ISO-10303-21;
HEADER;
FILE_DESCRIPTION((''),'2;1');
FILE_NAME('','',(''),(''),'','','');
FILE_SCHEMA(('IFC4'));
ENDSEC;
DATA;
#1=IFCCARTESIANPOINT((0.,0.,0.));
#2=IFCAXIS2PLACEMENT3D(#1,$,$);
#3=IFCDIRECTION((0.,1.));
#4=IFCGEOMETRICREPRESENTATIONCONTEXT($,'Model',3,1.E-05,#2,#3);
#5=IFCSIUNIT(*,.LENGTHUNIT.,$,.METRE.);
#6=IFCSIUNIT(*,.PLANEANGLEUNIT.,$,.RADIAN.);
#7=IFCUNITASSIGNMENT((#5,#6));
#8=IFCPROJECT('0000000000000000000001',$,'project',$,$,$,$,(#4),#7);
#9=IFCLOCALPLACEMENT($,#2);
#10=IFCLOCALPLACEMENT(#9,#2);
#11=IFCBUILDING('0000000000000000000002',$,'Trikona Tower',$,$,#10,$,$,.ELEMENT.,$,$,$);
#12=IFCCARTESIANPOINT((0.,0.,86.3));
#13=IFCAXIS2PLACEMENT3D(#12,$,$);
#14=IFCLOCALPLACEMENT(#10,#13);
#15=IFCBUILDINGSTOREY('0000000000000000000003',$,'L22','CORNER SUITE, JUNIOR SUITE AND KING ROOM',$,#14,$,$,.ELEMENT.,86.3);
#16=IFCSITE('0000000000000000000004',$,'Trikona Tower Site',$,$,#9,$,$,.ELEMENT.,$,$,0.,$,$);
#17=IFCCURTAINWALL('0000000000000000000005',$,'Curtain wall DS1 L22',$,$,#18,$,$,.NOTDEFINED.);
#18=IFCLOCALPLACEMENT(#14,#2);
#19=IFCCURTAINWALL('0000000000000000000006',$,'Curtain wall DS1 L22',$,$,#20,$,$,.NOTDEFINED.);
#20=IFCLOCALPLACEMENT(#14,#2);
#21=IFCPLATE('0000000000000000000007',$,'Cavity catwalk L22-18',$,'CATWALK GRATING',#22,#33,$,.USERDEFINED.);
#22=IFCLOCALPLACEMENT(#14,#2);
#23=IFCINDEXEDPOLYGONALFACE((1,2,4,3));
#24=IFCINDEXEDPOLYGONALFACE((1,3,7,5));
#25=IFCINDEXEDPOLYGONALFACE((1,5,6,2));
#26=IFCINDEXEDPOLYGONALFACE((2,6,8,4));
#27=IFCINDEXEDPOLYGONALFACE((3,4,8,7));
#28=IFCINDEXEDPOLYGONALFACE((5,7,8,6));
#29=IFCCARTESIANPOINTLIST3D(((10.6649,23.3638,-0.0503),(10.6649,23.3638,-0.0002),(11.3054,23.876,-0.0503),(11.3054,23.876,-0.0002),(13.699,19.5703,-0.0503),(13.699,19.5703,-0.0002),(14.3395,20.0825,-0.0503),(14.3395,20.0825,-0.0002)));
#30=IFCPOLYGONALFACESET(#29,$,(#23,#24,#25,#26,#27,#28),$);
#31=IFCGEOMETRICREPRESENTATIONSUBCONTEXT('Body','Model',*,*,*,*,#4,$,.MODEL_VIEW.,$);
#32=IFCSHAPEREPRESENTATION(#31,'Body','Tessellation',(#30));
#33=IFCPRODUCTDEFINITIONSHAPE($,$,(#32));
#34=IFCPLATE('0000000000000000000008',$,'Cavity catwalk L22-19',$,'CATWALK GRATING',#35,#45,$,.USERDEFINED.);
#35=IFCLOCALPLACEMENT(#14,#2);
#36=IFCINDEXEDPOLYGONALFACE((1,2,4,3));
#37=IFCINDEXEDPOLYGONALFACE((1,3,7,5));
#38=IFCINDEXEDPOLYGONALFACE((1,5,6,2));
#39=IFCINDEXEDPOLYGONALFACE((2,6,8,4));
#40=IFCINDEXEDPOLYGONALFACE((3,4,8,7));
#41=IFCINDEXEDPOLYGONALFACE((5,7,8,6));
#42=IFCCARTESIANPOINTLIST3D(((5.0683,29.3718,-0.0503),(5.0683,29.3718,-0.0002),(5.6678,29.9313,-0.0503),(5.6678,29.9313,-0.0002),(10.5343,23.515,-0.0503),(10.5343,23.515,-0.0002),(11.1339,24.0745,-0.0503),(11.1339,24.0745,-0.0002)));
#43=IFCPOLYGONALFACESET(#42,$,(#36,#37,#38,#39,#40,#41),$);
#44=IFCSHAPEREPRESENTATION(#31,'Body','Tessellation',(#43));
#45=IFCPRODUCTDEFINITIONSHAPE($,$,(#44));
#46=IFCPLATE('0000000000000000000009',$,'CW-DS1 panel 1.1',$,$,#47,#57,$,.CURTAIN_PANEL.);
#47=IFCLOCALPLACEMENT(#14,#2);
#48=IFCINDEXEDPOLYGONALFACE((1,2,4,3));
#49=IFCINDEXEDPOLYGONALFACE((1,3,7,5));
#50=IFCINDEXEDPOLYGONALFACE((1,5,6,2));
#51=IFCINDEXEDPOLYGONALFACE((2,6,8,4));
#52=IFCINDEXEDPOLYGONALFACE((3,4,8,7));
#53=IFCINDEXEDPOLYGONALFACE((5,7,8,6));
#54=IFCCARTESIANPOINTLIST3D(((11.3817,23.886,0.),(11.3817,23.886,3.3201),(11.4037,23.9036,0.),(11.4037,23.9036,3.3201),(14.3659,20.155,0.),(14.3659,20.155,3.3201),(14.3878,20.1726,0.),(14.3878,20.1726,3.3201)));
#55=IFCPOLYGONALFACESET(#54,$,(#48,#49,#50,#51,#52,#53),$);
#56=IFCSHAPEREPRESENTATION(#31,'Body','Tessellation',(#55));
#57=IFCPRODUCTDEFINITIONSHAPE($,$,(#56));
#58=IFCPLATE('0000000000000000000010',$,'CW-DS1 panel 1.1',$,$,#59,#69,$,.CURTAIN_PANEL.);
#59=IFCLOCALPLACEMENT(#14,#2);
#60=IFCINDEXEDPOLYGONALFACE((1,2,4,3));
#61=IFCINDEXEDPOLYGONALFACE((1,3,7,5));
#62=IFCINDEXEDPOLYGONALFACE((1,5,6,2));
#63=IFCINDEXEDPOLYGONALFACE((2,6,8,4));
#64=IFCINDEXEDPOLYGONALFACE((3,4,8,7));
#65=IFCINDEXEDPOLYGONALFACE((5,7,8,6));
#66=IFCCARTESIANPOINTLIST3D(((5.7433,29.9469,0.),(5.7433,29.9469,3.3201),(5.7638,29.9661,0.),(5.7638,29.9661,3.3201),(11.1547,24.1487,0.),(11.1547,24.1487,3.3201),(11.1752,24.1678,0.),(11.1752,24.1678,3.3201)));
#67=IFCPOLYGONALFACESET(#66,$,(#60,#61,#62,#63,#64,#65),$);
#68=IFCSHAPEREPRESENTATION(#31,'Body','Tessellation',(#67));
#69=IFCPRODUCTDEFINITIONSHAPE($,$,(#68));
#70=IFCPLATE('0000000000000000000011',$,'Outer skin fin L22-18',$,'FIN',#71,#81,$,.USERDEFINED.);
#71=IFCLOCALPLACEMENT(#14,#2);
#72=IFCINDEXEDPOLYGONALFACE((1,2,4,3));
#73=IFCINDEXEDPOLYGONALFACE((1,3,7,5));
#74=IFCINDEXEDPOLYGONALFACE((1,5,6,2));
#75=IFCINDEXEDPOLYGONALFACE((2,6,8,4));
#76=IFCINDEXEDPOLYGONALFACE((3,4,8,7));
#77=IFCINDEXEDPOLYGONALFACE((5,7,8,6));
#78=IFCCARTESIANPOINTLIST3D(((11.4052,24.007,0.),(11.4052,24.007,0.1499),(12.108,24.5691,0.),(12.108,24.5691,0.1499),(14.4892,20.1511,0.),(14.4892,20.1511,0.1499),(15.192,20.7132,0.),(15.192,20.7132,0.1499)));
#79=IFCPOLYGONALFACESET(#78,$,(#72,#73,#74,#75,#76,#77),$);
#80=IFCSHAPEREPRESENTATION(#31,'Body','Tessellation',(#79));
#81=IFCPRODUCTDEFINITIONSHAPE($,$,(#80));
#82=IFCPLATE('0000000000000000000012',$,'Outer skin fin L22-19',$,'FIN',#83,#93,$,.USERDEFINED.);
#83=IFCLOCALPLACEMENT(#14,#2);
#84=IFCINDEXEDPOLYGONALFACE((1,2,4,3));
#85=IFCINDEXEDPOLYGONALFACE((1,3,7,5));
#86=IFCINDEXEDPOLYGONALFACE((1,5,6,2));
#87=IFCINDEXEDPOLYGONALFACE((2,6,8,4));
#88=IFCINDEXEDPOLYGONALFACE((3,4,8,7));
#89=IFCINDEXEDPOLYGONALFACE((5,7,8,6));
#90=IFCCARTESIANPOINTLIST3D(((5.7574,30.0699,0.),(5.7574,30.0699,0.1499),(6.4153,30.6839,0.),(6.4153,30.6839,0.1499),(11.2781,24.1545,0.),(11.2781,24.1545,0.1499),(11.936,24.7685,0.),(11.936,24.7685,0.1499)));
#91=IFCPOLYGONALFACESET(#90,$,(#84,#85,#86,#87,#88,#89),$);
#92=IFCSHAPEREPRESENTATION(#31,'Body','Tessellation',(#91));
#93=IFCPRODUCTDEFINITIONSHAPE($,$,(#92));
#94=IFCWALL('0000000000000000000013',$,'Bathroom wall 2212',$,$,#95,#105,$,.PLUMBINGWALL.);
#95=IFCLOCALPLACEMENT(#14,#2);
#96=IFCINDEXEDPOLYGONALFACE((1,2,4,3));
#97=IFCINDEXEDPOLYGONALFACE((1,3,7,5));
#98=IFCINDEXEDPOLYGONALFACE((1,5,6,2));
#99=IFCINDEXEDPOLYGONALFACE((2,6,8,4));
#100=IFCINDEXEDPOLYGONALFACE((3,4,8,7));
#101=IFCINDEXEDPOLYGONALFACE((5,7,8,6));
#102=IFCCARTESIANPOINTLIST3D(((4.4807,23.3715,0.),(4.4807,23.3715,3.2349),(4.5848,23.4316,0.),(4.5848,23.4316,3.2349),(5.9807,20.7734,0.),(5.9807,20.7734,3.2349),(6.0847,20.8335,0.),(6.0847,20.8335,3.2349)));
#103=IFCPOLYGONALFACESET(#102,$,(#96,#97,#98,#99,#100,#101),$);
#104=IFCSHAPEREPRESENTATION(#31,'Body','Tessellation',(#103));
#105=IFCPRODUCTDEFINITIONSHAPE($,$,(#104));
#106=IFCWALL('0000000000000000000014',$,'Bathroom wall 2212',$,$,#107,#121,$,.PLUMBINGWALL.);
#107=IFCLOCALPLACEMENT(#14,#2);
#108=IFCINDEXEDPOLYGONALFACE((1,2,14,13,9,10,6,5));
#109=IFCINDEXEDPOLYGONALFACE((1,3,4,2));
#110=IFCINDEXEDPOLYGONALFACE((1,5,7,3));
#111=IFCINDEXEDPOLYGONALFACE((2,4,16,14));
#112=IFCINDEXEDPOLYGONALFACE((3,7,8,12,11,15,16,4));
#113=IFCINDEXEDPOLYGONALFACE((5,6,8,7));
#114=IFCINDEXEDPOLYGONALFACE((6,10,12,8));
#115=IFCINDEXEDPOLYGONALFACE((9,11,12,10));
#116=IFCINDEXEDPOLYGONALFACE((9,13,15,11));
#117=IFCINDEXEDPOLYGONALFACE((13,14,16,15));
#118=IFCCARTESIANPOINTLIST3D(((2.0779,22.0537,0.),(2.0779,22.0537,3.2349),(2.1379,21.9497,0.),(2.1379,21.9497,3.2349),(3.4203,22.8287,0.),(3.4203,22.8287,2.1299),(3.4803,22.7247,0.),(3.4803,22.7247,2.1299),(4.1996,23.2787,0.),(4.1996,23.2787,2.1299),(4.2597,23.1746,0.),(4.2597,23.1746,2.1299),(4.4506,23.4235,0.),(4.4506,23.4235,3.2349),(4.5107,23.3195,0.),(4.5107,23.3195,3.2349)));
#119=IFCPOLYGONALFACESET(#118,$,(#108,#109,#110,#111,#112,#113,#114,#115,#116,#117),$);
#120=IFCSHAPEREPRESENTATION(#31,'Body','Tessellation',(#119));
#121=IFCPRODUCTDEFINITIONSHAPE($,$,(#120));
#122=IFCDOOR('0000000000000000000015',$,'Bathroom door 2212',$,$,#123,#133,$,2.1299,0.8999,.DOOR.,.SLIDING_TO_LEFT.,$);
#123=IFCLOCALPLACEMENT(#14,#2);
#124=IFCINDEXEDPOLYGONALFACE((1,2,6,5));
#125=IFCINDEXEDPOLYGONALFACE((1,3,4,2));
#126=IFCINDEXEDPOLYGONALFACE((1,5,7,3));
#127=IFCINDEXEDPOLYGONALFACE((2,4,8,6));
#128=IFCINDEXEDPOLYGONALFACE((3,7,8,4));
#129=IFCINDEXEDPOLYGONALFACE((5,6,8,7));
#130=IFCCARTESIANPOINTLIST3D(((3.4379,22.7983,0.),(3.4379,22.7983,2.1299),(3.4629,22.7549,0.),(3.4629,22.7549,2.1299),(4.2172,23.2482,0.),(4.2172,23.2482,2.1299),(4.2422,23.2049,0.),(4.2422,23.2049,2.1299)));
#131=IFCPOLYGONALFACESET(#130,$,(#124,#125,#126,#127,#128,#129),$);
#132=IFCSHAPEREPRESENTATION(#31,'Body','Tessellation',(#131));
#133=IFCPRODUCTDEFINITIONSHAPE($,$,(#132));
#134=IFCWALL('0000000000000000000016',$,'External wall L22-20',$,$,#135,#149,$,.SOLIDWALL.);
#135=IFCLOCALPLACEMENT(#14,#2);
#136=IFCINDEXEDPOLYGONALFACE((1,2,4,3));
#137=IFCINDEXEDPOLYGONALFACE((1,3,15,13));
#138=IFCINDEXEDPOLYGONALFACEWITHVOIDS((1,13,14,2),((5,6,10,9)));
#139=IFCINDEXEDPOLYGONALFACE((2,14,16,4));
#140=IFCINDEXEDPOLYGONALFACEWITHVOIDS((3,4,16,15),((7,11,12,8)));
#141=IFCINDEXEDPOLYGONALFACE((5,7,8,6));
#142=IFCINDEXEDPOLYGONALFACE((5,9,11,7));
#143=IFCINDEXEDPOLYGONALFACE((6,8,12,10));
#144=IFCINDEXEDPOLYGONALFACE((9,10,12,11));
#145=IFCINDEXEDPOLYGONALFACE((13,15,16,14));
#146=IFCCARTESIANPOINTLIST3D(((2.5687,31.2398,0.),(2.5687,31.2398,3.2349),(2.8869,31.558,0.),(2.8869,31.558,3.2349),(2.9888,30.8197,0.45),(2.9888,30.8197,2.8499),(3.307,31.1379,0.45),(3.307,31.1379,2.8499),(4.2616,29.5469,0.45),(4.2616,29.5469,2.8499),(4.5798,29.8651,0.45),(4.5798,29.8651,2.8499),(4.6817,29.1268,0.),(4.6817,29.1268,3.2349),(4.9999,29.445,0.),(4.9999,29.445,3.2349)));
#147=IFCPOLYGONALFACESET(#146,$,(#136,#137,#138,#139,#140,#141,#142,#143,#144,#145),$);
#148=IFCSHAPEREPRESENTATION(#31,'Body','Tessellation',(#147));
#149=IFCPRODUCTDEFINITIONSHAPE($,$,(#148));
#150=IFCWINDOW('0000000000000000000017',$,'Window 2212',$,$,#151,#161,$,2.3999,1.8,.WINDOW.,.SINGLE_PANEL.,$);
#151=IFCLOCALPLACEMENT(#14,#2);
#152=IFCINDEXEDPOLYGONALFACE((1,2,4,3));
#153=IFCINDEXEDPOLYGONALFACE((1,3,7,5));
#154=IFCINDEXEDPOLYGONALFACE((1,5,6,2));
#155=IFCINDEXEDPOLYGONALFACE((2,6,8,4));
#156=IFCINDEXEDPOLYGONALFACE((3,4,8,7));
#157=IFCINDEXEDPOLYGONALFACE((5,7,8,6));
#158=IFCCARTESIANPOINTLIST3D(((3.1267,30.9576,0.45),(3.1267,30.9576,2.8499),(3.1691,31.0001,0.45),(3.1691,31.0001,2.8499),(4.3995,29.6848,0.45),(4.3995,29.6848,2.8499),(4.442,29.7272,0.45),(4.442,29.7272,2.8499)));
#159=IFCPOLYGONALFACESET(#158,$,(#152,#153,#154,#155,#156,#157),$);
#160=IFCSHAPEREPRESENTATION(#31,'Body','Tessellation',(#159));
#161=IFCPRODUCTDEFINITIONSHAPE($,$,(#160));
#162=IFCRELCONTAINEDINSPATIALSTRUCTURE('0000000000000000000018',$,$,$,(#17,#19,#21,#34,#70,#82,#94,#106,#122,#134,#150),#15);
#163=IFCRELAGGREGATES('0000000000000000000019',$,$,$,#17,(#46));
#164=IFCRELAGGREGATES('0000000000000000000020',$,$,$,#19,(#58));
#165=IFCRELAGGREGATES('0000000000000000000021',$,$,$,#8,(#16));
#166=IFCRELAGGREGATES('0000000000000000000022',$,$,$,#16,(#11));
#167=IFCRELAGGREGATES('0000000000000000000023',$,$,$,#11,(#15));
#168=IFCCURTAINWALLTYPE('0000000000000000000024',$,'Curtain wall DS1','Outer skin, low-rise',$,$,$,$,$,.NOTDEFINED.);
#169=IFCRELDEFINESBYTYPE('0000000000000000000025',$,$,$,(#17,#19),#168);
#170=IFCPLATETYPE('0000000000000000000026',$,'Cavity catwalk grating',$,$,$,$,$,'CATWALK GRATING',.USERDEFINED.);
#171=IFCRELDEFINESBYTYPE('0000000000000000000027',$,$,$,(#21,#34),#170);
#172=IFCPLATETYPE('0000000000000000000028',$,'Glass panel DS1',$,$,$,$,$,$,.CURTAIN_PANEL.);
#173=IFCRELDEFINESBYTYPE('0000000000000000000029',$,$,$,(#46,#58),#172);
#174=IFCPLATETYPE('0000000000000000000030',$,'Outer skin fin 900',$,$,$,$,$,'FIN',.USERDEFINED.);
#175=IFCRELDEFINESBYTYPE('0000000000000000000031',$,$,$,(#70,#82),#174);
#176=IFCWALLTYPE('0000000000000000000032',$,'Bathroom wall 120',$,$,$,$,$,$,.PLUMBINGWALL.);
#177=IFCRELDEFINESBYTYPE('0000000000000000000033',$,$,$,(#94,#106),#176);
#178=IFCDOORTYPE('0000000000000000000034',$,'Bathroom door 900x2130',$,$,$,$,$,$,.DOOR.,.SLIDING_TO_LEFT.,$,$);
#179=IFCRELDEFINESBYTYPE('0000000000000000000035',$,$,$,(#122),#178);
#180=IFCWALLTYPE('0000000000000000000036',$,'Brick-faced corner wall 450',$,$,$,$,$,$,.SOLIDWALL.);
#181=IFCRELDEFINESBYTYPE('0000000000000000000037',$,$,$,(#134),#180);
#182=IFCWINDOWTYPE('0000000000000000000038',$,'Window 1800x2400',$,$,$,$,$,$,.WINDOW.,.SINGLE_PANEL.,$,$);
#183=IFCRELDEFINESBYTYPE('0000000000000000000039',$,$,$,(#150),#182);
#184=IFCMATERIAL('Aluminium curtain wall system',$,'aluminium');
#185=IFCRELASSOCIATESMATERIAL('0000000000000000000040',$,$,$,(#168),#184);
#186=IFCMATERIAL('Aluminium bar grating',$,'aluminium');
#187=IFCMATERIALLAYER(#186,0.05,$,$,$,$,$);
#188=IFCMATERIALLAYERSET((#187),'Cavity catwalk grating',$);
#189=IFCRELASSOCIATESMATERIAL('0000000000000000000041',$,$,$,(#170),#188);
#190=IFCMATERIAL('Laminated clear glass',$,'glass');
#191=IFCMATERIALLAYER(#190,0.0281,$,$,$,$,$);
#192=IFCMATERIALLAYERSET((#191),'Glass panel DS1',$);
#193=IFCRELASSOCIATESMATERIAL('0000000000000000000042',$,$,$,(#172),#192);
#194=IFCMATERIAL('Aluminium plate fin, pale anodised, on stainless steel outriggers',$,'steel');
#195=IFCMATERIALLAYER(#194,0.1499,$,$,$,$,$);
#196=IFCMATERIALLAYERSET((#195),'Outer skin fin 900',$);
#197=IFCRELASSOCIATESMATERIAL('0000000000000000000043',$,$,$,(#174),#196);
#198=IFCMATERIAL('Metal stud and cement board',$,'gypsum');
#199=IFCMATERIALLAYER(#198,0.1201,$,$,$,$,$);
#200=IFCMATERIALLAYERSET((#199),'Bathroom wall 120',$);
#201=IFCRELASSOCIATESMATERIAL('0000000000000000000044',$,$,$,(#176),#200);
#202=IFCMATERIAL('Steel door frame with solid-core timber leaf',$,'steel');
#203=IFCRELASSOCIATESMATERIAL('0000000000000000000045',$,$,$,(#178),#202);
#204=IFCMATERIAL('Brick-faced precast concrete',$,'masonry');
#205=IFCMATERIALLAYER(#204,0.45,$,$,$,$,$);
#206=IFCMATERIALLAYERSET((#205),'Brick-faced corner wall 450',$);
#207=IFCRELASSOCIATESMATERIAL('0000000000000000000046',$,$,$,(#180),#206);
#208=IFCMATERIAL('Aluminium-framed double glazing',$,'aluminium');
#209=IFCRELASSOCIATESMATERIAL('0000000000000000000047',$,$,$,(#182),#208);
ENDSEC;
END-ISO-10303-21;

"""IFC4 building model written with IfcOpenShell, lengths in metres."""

from ifc_helpers import new_model, si_unit, direction, frame, frame_2d, origin, origin_2d, place, context, subcontext, project, spatial, rectangle, extrude, material, layer, layer_set, type_object, element, fill, aggregate, save


model = new_model("IFC4")

# Units and contexts
model_context = context("Model", 3, precision=1e-05, world=origin(), true_north=direction((0.0, 1.0)))
body_context = subcontext(model_context, "Body", "Model", "MODEL_VIEW")
ifc_project = project(units=[si_unit("LENGTHUNIT", "METRE"), si_unit("PLANEANGLEUNIT", "RADIAN")], contexts=[model_context])

# Site, building, storey
site_placement = place(None, origin())
site = spatial("IfcSite", under=ifc_project, at=site_placement, Name="Trikona Tower Site", CompositionType="ELEMENT", RefElevation=0.0)
building_placement = place(site_placement, origin())
building = spatial("IfcBuilding", under=site, at=building_placement, Name="Trikona Tower", CompositionType="ELEMENT")
storey_placement = place(building_placement, frame((0.0, 0.0, 86.3)))
storey = spatial("IfcBuildingStorey", under=building, at=storey_placement, Name="L22", Description="CORNER SUITE, JUNIOR SUITE AND KING ROOM", CompositionType="ELEMENT", Elevation=86.3)

# Curtain wall
ifc_material_1 = material(Name="Aluminium curtain wall system", Category="aluminium")
curtain_wall_type = type_object("IfcCurtainWallType", Name="Curtain wall DS1", Description="Outer skin, low-rise", PredefinedType="NOTDEFINED", material=ifc_material_1)
curtain_wall_1_placement = place(storey_placement, origin())
curtain_wall_1 = element("IfcCurtainWall", 1, at=curtain_wall_1_placement, inside=storey, type_object=curtain_wall_type, Name="Curtain wall DS1 L22", PredefinedType="NOTDEFINED")

# Curtain wall
curtain_wall_2_placement = place(storey_placement, origin())
curtain_wall_2 = element("IfcCurtainWall", 2, at=curtain_wall_2_placement, inside=storey, type_object=curtain_wall_type, Name="Curtain wall DS1 L22", PredefinedType="NOTDEFINED")

# Plates
ifc_material_2 = material(Name="Aluminium bar grating", Category="aluminium")
ifc_layer_1 = layer(ifc_material_2, 0.05)
ifc_layer_set_1 = layer_set([ifc_layer_1], Name="Cavity catwalk grating")
plate_type_1 = type_object("IfcPlateType", Name="Cavity catwalk grating", ElementType="CATWALK GRATING", PredefinedType="USERDEFINED", material=ifc_layer_set_1)
plate_1_placement = place(storey_placement, frame((12.5022, 21.7231, -0.0503), z_axis=(0.0, 0.0, 1.0), x_axis=(-0.624604, 0.780942, 0.0)))
element("IfcPlate", 3, at=plate_1_placement, inside=storey, type_object=plate_type_1, Name="Cavity catwalk L22-18", ObjectType="CATWALK GRATING", PredefinedType="USERDEFINED", context=body_context, shape_type="SweptSolid", body=[
    extrude(rectangle(XDim=4.8577, YDim=0.8201, at=origin_2d()), origin(), (0.0, 0.0, 1.0), 0.05),
])
plate_2_placement = place(storey_placement, frame((8.1011, 26.7231, -0.0503), z_axis=(0.0, 0.0, 1.0), x_axis=(-0.682298, 0.731074, 0.0)))
element("IfcPlate", 4, at=plate_2_placement, inside=storey, type_object=plate_type_1, Name="Cavity catwalk L22-19", ObjectType="CATWALK GRATING", PredefinedType="USERDEFINED", context=body_context, shape_type="SweptSolid", body=[
    extrude(rectangle(XDim=8.0112, YDim=0.8201, at=origin_2d()), origin(), (0.0, 0.0, 1.0), 0.05),
])

# Plates
ifc_material_3 = material(Name="Laminated clear glass", Category="glass")
ifc_layer_2 = layer(ifc_material_3, 0.0281)
ifc_layer_set_2 = layer_set([ifc_layer_2], Name="Glass panel DS1")
plate_type_2 = type_object("IfcPlateType", Name="Glass panel DS1", PredefinedType="CURTAIN_PANEL", material=ifc_layer_set_2)
plate_3_placement = place(storey_placement, frame((12.8848, 22.0293, 0.0), z_axis=(0.0, 0.0, 1.0), x_axis=(-0.624609, 0.780938, 0.0)))
plate_3 = element("IfcPlate", 5, at=plate_3_placement, type_object=plate_type_2, Name="CW-DS1 panel 1.1", PredefinedType="CURTAIN_PANEL", context=body_context, shape_type="SweptSolid", body=[
    extrude(rectangle(XDim=4.7776, YDim=0.0281, at=origin_2d()), origin(), (0.0, 0.0, 1.0), 3.3201),
])
aggregate(curtain_wall_1, [plate_3])
plate_4_placement = place(storey_placement, frame((8.4592, 27.0574, 0.0), z_axis=(0.0, 0.0, 1.0), x_axis=(-0.682295, 0.731077, 0.0)))
plate_4 = element("IfcPlate", 6, at=plate_4_placement, type_object=plate_type_2, Name="CW-DS1 panel 1.1", PredefinedType="CURTAIN_PANEL", context=body_context, shape_type="SweptSolid", body=[
    extrude(rectangle(XDim=7.9312, YDim=0.0281, at=origin_2d()), origin(), (0.0, 0.0, 1.0), 3.3201),
])
aggregate(curtain_wall_2, [plate_4])

# Plates
ifc_material_4 = material(Name="Aluminium plate fin, pale anodised, on stainless steel outriggers", Category="steel")
ifc_layer_3 = layer(ifc_material_4, 0.1499)
ifc_layer_set_3 = layer_set([ifc_layer_3], Name="Outer skin fin 900")
plate_type_3 = type_object("IfcPlateType", Name="Outer skin fin 900", ElementType="FIN", PredefinedType="USERDEFINED", material=ifc_layer_set_3)
plate_5_placement = place(storey_placement, frame((13.2986, 22.3601, 0.0), z_axis=(0.0, 0.0, 1.0), x_axis=(-0.624604, 0.780942, 0.0)))
element("IfcPlate", 7, at=plate_5_placement, inside=storey, type_object=plate_type_3, Name="Outer skin fin L22-18", ObjectType="FIN", PredefinedType="USERDEFINED", context=body_context, shape_type="SweptSolid", body=[
    extrude(rectangle(XDim=4.9375, YDim=0.8999, at=origin_2d()), origin(), (0.0, 0.0, 1.0), 0.1499),
])
plate_6_placement = place(storey_placement, frame((8.8467, 27.4192, 0.0), z_axis=(0.0, 0.0, 1.0), x_axis=(-0.682298, 0.731074, 0.0)))
element("IfcPlate", 8, at=plate_6_placement, inside=storey, type_object=plate_type_3, Name="Outer skin fin L22-19", ObjectType="FIN", PredefinedType="USERDEFINED", context=body_context, shape_type="SweptSolid", body=[
    extrude(rectangle(XDim=8.0913, YDim=0.8999, at=origin_2d()), origin(), (0.0, 0.0, 1.0), 0.1499),
])

# Wall
ifc_material_5 = material(Name="Metal stud and cement board", Category="gypsum")
ifc_layer_4 = layer(ifc_material_5, 0.1201)
ifc_layer_set_4 = layer_set([ifc_layer_4], Name="Bathroom wall 120")
wall_type_1 = type_object("IfcWallType", Name="Bathroom wall 120", PredefinedType="PLUMBINGWALL", material=ifc_layer_set_4)
wall_1_placement = place(storey_placement, frame((6.0327, 20.8035, 0.0), z_axis=(0.0, 0.0, 1.0), x_axis=(-0.49999, 0.866031, 0.0)))
element("IfcWall", 9, at=wall_1_placement, inside=storey, type_object=wall_type_1, Name="Bathroom wall 2212", PredefinedType="PLUMBINGWALL", context=body_context, shape_type="SweptSolid", body=[
    extrude(rectangle(XDim=3.0, YDim=0.1201, at=frame_2d((1.5, 0.0))), origin(), (0.0, 0.0, 1.0), 3.2349),
])

# Wall, opening, door
wall_2_placement = place(storey_placement, frame((2.1079, 22.0017, 0.0), z_axis=(0.0, 0.0, 1.0), x_axis=(0.866036, 0.499982, 0.0)))
wall_2 = element("IfcWall", 10, at=wall_2_placement, inside=storey, type_object=wall_type_1, Name="Bathroom wall 2212", PredefinedType="PLUMBINGWALL", context=body_context, shape_type="SweptSolid", body=[
    extrude(rectangle(XDim=2.7397, YDim=0.1201, at=frame_2d((1.3699, 0.0))), origin(), (0.0, 0.0, 1.0), 3.2349),
])
opening_1_placement = place(wall_2_placement, frame((1.55, 0.0, 0.0)))
opening_1 = element("IfcOpeningElement", 11, at=opening_1_placement, cuts=wall_2, PredefinedType="OPENING", context=body_context, shape_type="SweptSolid", body=[
    extrude(rectangle(XDim=0.8999, YDim=2.1299, at=frame_2d((0.45, 1.0649))), frame((0.0, 0.0701, 0.0), z_axis=(0.0, -1.0, 0.0), x_axis=(1.0, 0.0, 0.0)), (0.0, 0.0, 1.0), 0.1401),
])
ifc_material_6 = material(Name="Steel door frame with solid-core timber leaf", Category="steel")
door_type = type_object("IfcDoorType", Name="Bathroom door 900x2130", OperationType="SLIDING_TO_LEFT", PredefinedType="DOOR", material=ifc_material_6)
door_placement = place(opening_1_placement, origin())
door = element("IfcDoor", 12, at=door_placement, inside=storey, type_object=door_type, Name="Bathroom door 2212", OperationType="SLIDING_TO_LEFT", OverallHeight=2.1299, OverallWidth=0.8999, PredefinedType="DOOR", context=body_context, shape_type="SweptSolid", body=[
    extrude(rectangle(XDim=0.8999, YDim=2.1299, at=frame_2d((0.45, 1.0649))), frame((0.0, 0.0249, 0.0), z_axis=(0.0, -1.0, 0.0), x_axis=(1.0, 0.0, 0.0)), (0.0, 0.0, 1.0), 0.05),
])
fill(opening_1, door)

# Wall, opening, window
ifc_material_7 = material(Name="Brick-faced precast concrete", Category="masonry")
ifc_layer_5 = layer(ifc_material_7, 0.45)
ifc_layer_set_5 = layer_set([ifc_layer_5], Name="Brick-faced corner wall 450")
wall_type_2 = type_object("IfcWallType", Name="Brick-faced corner wall 450", PredefinedType="SOLIDWALL", material=ifc_layer_set_5)
wall_3_placement = place(storey_placement, frame((4.8408, 29.2859, 0.0), z_axis=(0.0, 0.0, 1.0), x_axis=(-0.707107, 0.707107, 0.0)))
wall_3 = element("IfcWall", 13, at=wall_3_placement, inside=storey, type_object=wall_type_2, Name="External wall L22-20", PredefinedType="SOLIDWALL", context=body_context, shape_type="SweptSolid", body=[
    extrude(rectangle(XDim=2.9883, YDim=0.45, at=frame_2d((1.4941, 0.0))), origin(), (0.0, 0.0, 1.0), 3.2349),
])
opening_2_placement = place(wall_3_placement, frame((0.5942, 0.0, 0.45)))
opening_2 = element("IfcOpeningElement", 14, at=opening_2_placement, cuts=wall_3, PredefinedType="OPENING", context=body_context, shape_type="SweptSolid", body=[
    extrude(rectangle(XDim=1.8, YDim=2.3999, at=frame_2d((0.8999, 1.2))), frame((0.0, 0.2349, 0.0), z_axis=(0.0, -1.0, 0.0), x_axis=(1.0, 0.0, 0.0)), (0.0, 0.0, 1.0), 0.47),
])
ifc_material_8 = material(Name="Aluminium-framed double glazing", Category="aluminium")
window_type_1 = type_object("IfcWindowType", Name="Window 1800x2400", PartitioningType="SINGLE_PANEL", PredefinedType="WINDOW", material=ifc_material_8)
window_1_placement = place(opening_2_placement, origin())
window_1 = element("IfcWindow", 15, at=window_1_placement, inside=storey, type_object=window_type_1, Name="Window 2212", OverallHeight=2.3999, OverallWidth=1.8, PartitioningType="SINGLE_PANEL", PredefinedType="WINDOW", context=body_context, shape_type="SweptSolid", body=[
    extrude(rectangle(XDim=1.8, YDim=2.3999, at=frame_2d((0.8999, 1.2))), frame((0.0, 0.03, 0.0), z_axis=(0.0, -1.0, 0.0), x_axis=(1.0, 0.0, 0.0)), (0.0, 0.0, 1.0), 0.0601),
])
fill(opening_2, window_1)

save(model, "model.ifc")
